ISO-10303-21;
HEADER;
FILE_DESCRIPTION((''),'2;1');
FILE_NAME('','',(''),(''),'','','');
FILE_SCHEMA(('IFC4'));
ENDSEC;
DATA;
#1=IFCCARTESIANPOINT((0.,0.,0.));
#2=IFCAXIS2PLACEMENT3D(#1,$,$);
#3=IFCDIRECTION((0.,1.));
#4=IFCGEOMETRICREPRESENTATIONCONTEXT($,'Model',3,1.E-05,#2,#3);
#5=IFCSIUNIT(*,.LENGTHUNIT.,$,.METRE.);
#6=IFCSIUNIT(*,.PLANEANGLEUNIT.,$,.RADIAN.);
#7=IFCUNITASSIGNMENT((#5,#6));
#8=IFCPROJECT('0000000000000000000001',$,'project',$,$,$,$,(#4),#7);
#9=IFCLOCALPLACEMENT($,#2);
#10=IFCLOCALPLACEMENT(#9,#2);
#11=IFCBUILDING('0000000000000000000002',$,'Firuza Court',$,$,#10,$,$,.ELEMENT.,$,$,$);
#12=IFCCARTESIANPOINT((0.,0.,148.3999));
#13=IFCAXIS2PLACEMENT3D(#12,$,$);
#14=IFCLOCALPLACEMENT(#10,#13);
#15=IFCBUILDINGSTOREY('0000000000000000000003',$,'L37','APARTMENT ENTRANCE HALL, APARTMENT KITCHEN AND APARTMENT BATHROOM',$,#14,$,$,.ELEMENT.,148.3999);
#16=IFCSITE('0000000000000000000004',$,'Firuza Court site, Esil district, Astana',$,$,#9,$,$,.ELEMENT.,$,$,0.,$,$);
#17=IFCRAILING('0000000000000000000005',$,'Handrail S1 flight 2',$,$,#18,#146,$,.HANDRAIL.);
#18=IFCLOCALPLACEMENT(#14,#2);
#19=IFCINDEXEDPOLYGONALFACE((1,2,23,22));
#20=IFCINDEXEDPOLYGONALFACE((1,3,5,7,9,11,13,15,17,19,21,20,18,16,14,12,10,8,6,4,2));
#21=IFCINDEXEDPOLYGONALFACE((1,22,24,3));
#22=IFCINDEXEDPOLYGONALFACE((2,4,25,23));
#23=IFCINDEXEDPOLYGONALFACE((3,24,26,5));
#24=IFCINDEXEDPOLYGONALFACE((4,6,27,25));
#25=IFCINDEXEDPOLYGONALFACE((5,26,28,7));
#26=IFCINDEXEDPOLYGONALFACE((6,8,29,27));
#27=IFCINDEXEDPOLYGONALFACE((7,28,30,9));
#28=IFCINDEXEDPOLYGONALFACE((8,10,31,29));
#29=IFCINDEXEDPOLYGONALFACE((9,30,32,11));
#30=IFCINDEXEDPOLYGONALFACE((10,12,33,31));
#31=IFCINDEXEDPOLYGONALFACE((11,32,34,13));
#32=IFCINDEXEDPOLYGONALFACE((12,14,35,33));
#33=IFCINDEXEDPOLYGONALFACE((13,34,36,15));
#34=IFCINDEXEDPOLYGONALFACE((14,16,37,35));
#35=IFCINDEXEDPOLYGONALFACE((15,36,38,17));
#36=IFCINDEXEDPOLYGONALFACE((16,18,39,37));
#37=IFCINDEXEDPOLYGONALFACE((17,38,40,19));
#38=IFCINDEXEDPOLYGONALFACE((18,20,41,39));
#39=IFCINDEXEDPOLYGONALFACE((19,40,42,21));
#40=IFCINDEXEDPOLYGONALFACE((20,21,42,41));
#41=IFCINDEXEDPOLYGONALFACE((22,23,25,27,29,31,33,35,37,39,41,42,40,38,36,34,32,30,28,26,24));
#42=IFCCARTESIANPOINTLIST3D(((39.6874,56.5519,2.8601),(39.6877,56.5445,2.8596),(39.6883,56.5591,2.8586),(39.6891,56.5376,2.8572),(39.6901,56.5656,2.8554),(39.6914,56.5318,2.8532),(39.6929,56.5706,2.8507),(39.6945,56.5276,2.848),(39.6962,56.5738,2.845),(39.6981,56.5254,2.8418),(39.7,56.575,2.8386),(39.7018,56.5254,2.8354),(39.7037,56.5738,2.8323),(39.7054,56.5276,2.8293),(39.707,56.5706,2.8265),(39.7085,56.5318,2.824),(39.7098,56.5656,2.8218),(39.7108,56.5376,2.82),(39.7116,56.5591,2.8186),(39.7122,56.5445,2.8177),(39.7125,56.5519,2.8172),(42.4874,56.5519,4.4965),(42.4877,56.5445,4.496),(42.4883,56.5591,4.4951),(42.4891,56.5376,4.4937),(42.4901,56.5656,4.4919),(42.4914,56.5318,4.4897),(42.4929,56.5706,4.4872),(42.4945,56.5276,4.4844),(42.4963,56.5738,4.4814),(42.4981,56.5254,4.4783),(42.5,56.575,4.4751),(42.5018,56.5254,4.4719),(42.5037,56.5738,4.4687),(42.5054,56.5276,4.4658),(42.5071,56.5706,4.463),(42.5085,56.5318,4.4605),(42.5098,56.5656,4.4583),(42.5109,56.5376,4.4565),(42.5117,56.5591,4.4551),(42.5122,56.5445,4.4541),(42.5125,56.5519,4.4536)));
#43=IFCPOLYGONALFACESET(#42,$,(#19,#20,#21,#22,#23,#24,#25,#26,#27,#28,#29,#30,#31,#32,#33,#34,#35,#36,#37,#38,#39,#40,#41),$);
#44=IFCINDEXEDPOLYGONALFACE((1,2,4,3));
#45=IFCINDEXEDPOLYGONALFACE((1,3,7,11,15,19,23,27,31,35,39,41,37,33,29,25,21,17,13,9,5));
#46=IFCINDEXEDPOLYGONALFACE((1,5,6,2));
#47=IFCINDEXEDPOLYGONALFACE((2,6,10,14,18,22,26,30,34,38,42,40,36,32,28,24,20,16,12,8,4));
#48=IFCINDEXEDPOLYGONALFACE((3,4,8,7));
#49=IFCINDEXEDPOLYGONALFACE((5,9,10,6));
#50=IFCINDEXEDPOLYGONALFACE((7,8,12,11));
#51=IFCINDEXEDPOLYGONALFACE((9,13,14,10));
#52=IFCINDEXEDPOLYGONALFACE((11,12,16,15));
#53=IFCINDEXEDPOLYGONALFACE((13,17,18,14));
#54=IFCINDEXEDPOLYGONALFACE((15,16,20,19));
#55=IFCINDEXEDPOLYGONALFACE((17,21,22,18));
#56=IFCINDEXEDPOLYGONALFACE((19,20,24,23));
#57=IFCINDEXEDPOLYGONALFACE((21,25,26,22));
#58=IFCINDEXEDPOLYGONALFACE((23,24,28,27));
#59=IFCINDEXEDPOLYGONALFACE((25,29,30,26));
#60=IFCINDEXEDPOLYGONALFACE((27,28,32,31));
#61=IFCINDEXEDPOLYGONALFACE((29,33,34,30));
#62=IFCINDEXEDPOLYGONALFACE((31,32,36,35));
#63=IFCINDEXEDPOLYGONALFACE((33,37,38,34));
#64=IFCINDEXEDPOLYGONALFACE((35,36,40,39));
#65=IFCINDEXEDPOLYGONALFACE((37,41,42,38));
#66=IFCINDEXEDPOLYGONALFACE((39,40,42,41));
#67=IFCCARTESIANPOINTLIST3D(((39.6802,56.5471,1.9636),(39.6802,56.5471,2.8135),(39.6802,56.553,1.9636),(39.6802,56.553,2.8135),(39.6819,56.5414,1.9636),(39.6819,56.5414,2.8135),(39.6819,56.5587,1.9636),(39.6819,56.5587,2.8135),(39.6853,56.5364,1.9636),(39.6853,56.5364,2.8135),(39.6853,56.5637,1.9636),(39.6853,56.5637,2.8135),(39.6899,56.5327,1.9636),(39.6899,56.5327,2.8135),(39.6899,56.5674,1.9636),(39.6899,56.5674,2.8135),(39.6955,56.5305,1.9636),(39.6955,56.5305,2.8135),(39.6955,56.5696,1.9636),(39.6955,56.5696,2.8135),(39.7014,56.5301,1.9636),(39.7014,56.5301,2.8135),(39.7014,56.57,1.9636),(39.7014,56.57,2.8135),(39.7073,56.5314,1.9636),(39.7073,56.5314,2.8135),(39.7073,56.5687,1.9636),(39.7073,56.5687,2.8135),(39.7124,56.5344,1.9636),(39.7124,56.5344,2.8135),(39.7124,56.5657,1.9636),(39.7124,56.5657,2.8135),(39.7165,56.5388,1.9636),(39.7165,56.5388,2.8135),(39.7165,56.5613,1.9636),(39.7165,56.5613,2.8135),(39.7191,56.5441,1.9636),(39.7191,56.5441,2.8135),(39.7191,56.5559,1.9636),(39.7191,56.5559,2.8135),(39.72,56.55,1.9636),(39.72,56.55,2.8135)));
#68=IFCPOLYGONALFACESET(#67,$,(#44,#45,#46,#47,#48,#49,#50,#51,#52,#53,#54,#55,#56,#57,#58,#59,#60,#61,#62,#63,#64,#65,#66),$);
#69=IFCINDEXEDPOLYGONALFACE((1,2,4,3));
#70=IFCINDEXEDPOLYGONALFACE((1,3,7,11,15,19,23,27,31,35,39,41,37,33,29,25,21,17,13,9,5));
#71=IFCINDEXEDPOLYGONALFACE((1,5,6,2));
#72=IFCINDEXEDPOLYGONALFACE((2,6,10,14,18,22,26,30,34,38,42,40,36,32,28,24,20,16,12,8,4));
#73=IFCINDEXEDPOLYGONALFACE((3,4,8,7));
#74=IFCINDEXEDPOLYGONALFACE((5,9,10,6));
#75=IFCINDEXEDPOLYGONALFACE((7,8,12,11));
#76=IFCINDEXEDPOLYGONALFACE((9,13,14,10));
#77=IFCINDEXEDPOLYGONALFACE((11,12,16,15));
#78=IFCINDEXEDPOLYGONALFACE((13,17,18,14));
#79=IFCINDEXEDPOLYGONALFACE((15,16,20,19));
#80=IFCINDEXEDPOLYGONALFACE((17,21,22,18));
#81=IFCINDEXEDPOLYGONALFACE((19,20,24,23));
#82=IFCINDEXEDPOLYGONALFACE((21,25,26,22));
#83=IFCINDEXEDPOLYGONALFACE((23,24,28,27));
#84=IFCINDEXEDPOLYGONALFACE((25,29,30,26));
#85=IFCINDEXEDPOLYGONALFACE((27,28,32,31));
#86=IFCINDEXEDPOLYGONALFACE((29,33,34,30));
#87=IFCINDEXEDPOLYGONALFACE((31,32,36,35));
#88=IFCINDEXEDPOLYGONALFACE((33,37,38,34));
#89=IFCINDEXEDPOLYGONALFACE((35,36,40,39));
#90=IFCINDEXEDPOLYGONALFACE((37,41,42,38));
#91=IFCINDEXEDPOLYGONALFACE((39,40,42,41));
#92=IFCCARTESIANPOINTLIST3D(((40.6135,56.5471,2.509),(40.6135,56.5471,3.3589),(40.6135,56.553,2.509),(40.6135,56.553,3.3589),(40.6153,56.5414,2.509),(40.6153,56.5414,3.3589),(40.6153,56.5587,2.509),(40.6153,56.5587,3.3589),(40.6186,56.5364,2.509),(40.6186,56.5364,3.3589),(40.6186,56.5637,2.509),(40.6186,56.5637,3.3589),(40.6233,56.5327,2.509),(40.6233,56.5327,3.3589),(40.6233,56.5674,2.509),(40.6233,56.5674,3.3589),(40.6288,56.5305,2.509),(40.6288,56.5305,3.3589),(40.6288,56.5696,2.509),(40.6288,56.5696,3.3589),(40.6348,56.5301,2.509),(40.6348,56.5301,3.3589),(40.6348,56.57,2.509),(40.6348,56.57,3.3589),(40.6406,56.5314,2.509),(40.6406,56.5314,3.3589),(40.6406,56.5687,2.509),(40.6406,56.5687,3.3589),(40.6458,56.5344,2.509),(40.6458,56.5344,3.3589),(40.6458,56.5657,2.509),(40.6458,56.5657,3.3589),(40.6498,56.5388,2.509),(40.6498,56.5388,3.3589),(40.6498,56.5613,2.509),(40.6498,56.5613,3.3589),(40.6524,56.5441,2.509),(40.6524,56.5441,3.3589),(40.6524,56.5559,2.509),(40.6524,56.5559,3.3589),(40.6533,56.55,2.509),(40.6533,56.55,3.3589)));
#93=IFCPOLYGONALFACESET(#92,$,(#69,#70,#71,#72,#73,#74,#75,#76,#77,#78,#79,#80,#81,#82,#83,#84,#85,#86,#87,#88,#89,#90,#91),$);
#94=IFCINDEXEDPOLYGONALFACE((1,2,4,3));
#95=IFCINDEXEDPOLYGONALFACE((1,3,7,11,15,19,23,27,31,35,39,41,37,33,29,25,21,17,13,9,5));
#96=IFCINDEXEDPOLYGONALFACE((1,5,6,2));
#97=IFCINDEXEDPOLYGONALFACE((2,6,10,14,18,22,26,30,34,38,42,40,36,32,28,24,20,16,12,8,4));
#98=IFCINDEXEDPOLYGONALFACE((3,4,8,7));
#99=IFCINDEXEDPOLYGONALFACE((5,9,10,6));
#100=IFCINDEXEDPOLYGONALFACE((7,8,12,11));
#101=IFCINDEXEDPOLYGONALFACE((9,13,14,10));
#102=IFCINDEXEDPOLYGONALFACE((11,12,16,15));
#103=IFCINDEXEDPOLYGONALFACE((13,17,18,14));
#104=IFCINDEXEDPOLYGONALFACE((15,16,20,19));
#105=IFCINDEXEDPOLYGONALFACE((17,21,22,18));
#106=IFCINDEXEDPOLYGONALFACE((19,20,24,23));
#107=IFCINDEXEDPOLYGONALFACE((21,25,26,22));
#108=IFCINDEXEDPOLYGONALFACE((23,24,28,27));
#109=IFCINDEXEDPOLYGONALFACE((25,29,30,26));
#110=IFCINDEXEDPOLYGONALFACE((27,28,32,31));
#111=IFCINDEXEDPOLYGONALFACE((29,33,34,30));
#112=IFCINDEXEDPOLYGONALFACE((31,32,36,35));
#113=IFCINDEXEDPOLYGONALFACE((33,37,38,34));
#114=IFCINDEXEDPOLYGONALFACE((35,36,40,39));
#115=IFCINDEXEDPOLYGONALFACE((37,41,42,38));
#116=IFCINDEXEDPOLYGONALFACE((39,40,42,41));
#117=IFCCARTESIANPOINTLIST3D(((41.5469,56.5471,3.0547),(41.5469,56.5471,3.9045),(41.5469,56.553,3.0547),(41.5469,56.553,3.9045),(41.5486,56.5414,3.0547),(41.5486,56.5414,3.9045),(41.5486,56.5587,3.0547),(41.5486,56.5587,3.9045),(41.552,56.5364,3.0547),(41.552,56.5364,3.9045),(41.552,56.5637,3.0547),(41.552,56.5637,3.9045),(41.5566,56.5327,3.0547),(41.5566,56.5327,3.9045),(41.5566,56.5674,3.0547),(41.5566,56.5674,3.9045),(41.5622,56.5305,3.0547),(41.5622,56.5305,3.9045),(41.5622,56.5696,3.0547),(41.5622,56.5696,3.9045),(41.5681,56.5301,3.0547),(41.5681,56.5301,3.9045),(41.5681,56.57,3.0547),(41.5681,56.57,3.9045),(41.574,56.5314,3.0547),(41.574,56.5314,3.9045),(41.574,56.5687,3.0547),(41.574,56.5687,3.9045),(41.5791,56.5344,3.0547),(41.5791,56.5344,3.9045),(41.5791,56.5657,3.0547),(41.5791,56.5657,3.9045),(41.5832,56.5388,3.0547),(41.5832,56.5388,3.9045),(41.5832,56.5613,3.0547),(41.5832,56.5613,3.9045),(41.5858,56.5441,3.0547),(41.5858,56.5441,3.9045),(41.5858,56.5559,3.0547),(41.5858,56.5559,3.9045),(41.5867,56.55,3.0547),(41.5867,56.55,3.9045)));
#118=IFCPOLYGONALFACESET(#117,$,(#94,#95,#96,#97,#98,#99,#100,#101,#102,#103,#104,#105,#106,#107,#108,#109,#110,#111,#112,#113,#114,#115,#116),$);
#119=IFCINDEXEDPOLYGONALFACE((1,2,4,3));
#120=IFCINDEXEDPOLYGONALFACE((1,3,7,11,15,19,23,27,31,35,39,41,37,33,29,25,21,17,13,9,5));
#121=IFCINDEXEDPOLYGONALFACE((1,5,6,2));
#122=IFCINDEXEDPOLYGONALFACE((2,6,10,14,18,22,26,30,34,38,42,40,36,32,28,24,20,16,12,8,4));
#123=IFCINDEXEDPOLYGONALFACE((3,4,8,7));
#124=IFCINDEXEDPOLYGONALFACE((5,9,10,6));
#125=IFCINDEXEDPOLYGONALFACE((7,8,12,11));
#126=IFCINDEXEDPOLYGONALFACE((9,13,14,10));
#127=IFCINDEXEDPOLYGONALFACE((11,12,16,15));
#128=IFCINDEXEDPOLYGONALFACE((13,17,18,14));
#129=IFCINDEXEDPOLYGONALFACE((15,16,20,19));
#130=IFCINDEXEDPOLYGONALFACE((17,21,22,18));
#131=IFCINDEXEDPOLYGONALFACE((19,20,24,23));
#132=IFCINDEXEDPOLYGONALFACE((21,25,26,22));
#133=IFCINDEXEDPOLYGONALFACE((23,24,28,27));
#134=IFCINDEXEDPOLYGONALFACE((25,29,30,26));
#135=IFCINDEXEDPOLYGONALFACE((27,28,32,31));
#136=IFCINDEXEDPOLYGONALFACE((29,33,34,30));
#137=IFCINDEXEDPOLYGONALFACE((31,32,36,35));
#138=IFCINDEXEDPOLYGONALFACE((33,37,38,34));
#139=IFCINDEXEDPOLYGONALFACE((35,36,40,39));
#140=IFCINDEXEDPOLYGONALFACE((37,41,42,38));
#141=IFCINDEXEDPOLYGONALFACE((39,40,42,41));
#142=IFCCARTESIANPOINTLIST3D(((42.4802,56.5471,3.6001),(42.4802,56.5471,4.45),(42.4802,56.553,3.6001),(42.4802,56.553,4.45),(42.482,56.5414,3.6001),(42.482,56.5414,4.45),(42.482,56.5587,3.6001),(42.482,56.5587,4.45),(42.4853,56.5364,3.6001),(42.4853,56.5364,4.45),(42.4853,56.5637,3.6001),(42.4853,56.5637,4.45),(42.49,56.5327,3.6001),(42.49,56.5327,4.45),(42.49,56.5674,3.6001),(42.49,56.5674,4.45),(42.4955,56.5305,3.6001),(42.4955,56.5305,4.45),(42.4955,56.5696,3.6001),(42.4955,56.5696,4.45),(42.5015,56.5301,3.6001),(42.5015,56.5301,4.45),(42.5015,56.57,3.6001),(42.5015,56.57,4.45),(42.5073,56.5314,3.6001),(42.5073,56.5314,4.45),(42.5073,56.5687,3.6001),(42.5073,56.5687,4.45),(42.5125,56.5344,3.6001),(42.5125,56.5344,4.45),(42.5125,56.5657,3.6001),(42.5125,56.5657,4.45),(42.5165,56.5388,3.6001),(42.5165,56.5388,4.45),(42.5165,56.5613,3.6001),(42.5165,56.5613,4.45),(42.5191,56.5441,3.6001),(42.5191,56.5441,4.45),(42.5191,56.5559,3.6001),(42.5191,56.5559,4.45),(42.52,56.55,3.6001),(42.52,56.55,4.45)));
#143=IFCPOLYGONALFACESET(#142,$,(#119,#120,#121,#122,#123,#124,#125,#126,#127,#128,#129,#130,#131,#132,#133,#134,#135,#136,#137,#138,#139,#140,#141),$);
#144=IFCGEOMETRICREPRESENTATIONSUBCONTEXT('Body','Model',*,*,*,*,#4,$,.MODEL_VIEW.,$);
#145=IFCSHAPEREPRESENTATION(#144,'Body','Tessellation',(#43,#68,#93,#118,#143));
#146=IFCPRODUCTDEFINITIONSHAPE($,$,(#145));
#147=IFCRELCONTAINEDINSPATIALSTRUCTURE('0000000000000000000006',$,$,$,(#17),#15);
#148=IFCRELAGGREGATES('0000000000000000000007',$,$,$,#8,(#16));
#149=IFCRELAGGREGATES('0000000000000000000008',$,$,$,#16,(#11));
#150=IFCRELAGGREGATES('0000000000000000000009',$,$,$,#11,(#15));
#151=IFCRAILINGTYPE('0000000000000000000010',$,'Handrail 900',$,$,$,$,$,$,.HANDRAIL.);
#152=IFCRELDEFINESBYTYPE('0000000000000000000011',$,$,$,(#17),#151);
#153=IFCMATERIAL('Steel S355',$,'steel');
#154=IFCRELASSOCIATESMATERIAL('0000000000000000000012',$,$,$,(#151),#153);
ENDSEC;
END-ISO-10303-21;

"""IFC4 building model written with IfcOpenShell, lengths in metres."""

from ifc_helpers import new_model, si_unit, direction, frame, origin, origin_2d, place, context, subcontext, project, spatial, circle, extrude, material, type_object, element, save


model = new_model("IFC4")

# Units and contexts
model_context = context("Model", 3, precision=1e-05, world=origin(), true_north=direction((0.0, 1.0)))
body_context = subcontext(model_context, "Body", "Model", "MODEL_VIEW")
ifc_project = project(units=[si_unit("LENGTHUNIT", "METRE"), si_unit("PLANEANGLEUNIT", "RADIAN")], contexts=[model_context])

# Site, building, storey
site_placement = place(None, origin())
site = spatial("IfcSite", under=ifc_project, at=site_placement, Name="Firuza Court site, Esil district, Astana", CompositionType="ELEMENT", RefElevation=0.0)
building_placement = place(site_placement, origin())
building = spatial("IfcBuilding", under=site, at=building_placement, Name="Firuza Court", CompositionType="ELEMENT")
storey_placement = place(building_placement, frame((0.0, 0.0, 148.3999)))
storey = spatial("IfcBuildingStorey", under=building, at=storey_placement, Name="L37", Description="APARTMENT ENTRANCE HALL, APARTMENT KITCHEN AND APARTMENT BATHROOM", CompositionType="ELEMENT", Elevation=148.3999)

# Railing
ifc_material_1 = material(Name="Steel S355", Category="steel")
railing_type_1 = type_object("IfcRailingType", Name="Handrail 900", PredefinedType="HANDRAIL", material=ifc_material_1)
railing_1_placement = place(storey_placement, frame((39.7, 56.55, 1.9636)))
element("IfcRailing", 1, at=railing_1_placement, inside=storey, type_object=railing_type_1, Name="Handrail S1 flight 2", PredefinedType="HANDRAIL", context=body_context, shape_type="SweptSolid", body=[
    extrude(circle(Radius=0.0249, at=origin_2d()), frame((0.0, 0.0, 0.875), z_axis=(0.863361, 0.0, 0.504587), x_axis=(0.0, 1.0, 0.0)), (0.0, 0.0, 1.0), 3.2432),
    extrude(circle(Radius=0.02, at=origin_2d()), origin(), (0.0, 0.0, 1.0), 0.8499),
    extrude(circle(Radius=0.02, at=origin_2d()), frame((0.9333, 0.0, 0.5454)), (0.0, 0.0, 1.0), 0.8499),
    extrude(circle(Radius=0.02, at=origin_2d()), frame((1.8667, 0.0, 1.0911)), (0.0, 0.0, 1.0), 0.8499),
    extrude(circle(Radius=0.02, at=origin_2d()), frame((2.8, 0.0, 1.6365)), (0.0, 0.0, 1.0), 0.8499),
])

save(model, "model.ifc")
